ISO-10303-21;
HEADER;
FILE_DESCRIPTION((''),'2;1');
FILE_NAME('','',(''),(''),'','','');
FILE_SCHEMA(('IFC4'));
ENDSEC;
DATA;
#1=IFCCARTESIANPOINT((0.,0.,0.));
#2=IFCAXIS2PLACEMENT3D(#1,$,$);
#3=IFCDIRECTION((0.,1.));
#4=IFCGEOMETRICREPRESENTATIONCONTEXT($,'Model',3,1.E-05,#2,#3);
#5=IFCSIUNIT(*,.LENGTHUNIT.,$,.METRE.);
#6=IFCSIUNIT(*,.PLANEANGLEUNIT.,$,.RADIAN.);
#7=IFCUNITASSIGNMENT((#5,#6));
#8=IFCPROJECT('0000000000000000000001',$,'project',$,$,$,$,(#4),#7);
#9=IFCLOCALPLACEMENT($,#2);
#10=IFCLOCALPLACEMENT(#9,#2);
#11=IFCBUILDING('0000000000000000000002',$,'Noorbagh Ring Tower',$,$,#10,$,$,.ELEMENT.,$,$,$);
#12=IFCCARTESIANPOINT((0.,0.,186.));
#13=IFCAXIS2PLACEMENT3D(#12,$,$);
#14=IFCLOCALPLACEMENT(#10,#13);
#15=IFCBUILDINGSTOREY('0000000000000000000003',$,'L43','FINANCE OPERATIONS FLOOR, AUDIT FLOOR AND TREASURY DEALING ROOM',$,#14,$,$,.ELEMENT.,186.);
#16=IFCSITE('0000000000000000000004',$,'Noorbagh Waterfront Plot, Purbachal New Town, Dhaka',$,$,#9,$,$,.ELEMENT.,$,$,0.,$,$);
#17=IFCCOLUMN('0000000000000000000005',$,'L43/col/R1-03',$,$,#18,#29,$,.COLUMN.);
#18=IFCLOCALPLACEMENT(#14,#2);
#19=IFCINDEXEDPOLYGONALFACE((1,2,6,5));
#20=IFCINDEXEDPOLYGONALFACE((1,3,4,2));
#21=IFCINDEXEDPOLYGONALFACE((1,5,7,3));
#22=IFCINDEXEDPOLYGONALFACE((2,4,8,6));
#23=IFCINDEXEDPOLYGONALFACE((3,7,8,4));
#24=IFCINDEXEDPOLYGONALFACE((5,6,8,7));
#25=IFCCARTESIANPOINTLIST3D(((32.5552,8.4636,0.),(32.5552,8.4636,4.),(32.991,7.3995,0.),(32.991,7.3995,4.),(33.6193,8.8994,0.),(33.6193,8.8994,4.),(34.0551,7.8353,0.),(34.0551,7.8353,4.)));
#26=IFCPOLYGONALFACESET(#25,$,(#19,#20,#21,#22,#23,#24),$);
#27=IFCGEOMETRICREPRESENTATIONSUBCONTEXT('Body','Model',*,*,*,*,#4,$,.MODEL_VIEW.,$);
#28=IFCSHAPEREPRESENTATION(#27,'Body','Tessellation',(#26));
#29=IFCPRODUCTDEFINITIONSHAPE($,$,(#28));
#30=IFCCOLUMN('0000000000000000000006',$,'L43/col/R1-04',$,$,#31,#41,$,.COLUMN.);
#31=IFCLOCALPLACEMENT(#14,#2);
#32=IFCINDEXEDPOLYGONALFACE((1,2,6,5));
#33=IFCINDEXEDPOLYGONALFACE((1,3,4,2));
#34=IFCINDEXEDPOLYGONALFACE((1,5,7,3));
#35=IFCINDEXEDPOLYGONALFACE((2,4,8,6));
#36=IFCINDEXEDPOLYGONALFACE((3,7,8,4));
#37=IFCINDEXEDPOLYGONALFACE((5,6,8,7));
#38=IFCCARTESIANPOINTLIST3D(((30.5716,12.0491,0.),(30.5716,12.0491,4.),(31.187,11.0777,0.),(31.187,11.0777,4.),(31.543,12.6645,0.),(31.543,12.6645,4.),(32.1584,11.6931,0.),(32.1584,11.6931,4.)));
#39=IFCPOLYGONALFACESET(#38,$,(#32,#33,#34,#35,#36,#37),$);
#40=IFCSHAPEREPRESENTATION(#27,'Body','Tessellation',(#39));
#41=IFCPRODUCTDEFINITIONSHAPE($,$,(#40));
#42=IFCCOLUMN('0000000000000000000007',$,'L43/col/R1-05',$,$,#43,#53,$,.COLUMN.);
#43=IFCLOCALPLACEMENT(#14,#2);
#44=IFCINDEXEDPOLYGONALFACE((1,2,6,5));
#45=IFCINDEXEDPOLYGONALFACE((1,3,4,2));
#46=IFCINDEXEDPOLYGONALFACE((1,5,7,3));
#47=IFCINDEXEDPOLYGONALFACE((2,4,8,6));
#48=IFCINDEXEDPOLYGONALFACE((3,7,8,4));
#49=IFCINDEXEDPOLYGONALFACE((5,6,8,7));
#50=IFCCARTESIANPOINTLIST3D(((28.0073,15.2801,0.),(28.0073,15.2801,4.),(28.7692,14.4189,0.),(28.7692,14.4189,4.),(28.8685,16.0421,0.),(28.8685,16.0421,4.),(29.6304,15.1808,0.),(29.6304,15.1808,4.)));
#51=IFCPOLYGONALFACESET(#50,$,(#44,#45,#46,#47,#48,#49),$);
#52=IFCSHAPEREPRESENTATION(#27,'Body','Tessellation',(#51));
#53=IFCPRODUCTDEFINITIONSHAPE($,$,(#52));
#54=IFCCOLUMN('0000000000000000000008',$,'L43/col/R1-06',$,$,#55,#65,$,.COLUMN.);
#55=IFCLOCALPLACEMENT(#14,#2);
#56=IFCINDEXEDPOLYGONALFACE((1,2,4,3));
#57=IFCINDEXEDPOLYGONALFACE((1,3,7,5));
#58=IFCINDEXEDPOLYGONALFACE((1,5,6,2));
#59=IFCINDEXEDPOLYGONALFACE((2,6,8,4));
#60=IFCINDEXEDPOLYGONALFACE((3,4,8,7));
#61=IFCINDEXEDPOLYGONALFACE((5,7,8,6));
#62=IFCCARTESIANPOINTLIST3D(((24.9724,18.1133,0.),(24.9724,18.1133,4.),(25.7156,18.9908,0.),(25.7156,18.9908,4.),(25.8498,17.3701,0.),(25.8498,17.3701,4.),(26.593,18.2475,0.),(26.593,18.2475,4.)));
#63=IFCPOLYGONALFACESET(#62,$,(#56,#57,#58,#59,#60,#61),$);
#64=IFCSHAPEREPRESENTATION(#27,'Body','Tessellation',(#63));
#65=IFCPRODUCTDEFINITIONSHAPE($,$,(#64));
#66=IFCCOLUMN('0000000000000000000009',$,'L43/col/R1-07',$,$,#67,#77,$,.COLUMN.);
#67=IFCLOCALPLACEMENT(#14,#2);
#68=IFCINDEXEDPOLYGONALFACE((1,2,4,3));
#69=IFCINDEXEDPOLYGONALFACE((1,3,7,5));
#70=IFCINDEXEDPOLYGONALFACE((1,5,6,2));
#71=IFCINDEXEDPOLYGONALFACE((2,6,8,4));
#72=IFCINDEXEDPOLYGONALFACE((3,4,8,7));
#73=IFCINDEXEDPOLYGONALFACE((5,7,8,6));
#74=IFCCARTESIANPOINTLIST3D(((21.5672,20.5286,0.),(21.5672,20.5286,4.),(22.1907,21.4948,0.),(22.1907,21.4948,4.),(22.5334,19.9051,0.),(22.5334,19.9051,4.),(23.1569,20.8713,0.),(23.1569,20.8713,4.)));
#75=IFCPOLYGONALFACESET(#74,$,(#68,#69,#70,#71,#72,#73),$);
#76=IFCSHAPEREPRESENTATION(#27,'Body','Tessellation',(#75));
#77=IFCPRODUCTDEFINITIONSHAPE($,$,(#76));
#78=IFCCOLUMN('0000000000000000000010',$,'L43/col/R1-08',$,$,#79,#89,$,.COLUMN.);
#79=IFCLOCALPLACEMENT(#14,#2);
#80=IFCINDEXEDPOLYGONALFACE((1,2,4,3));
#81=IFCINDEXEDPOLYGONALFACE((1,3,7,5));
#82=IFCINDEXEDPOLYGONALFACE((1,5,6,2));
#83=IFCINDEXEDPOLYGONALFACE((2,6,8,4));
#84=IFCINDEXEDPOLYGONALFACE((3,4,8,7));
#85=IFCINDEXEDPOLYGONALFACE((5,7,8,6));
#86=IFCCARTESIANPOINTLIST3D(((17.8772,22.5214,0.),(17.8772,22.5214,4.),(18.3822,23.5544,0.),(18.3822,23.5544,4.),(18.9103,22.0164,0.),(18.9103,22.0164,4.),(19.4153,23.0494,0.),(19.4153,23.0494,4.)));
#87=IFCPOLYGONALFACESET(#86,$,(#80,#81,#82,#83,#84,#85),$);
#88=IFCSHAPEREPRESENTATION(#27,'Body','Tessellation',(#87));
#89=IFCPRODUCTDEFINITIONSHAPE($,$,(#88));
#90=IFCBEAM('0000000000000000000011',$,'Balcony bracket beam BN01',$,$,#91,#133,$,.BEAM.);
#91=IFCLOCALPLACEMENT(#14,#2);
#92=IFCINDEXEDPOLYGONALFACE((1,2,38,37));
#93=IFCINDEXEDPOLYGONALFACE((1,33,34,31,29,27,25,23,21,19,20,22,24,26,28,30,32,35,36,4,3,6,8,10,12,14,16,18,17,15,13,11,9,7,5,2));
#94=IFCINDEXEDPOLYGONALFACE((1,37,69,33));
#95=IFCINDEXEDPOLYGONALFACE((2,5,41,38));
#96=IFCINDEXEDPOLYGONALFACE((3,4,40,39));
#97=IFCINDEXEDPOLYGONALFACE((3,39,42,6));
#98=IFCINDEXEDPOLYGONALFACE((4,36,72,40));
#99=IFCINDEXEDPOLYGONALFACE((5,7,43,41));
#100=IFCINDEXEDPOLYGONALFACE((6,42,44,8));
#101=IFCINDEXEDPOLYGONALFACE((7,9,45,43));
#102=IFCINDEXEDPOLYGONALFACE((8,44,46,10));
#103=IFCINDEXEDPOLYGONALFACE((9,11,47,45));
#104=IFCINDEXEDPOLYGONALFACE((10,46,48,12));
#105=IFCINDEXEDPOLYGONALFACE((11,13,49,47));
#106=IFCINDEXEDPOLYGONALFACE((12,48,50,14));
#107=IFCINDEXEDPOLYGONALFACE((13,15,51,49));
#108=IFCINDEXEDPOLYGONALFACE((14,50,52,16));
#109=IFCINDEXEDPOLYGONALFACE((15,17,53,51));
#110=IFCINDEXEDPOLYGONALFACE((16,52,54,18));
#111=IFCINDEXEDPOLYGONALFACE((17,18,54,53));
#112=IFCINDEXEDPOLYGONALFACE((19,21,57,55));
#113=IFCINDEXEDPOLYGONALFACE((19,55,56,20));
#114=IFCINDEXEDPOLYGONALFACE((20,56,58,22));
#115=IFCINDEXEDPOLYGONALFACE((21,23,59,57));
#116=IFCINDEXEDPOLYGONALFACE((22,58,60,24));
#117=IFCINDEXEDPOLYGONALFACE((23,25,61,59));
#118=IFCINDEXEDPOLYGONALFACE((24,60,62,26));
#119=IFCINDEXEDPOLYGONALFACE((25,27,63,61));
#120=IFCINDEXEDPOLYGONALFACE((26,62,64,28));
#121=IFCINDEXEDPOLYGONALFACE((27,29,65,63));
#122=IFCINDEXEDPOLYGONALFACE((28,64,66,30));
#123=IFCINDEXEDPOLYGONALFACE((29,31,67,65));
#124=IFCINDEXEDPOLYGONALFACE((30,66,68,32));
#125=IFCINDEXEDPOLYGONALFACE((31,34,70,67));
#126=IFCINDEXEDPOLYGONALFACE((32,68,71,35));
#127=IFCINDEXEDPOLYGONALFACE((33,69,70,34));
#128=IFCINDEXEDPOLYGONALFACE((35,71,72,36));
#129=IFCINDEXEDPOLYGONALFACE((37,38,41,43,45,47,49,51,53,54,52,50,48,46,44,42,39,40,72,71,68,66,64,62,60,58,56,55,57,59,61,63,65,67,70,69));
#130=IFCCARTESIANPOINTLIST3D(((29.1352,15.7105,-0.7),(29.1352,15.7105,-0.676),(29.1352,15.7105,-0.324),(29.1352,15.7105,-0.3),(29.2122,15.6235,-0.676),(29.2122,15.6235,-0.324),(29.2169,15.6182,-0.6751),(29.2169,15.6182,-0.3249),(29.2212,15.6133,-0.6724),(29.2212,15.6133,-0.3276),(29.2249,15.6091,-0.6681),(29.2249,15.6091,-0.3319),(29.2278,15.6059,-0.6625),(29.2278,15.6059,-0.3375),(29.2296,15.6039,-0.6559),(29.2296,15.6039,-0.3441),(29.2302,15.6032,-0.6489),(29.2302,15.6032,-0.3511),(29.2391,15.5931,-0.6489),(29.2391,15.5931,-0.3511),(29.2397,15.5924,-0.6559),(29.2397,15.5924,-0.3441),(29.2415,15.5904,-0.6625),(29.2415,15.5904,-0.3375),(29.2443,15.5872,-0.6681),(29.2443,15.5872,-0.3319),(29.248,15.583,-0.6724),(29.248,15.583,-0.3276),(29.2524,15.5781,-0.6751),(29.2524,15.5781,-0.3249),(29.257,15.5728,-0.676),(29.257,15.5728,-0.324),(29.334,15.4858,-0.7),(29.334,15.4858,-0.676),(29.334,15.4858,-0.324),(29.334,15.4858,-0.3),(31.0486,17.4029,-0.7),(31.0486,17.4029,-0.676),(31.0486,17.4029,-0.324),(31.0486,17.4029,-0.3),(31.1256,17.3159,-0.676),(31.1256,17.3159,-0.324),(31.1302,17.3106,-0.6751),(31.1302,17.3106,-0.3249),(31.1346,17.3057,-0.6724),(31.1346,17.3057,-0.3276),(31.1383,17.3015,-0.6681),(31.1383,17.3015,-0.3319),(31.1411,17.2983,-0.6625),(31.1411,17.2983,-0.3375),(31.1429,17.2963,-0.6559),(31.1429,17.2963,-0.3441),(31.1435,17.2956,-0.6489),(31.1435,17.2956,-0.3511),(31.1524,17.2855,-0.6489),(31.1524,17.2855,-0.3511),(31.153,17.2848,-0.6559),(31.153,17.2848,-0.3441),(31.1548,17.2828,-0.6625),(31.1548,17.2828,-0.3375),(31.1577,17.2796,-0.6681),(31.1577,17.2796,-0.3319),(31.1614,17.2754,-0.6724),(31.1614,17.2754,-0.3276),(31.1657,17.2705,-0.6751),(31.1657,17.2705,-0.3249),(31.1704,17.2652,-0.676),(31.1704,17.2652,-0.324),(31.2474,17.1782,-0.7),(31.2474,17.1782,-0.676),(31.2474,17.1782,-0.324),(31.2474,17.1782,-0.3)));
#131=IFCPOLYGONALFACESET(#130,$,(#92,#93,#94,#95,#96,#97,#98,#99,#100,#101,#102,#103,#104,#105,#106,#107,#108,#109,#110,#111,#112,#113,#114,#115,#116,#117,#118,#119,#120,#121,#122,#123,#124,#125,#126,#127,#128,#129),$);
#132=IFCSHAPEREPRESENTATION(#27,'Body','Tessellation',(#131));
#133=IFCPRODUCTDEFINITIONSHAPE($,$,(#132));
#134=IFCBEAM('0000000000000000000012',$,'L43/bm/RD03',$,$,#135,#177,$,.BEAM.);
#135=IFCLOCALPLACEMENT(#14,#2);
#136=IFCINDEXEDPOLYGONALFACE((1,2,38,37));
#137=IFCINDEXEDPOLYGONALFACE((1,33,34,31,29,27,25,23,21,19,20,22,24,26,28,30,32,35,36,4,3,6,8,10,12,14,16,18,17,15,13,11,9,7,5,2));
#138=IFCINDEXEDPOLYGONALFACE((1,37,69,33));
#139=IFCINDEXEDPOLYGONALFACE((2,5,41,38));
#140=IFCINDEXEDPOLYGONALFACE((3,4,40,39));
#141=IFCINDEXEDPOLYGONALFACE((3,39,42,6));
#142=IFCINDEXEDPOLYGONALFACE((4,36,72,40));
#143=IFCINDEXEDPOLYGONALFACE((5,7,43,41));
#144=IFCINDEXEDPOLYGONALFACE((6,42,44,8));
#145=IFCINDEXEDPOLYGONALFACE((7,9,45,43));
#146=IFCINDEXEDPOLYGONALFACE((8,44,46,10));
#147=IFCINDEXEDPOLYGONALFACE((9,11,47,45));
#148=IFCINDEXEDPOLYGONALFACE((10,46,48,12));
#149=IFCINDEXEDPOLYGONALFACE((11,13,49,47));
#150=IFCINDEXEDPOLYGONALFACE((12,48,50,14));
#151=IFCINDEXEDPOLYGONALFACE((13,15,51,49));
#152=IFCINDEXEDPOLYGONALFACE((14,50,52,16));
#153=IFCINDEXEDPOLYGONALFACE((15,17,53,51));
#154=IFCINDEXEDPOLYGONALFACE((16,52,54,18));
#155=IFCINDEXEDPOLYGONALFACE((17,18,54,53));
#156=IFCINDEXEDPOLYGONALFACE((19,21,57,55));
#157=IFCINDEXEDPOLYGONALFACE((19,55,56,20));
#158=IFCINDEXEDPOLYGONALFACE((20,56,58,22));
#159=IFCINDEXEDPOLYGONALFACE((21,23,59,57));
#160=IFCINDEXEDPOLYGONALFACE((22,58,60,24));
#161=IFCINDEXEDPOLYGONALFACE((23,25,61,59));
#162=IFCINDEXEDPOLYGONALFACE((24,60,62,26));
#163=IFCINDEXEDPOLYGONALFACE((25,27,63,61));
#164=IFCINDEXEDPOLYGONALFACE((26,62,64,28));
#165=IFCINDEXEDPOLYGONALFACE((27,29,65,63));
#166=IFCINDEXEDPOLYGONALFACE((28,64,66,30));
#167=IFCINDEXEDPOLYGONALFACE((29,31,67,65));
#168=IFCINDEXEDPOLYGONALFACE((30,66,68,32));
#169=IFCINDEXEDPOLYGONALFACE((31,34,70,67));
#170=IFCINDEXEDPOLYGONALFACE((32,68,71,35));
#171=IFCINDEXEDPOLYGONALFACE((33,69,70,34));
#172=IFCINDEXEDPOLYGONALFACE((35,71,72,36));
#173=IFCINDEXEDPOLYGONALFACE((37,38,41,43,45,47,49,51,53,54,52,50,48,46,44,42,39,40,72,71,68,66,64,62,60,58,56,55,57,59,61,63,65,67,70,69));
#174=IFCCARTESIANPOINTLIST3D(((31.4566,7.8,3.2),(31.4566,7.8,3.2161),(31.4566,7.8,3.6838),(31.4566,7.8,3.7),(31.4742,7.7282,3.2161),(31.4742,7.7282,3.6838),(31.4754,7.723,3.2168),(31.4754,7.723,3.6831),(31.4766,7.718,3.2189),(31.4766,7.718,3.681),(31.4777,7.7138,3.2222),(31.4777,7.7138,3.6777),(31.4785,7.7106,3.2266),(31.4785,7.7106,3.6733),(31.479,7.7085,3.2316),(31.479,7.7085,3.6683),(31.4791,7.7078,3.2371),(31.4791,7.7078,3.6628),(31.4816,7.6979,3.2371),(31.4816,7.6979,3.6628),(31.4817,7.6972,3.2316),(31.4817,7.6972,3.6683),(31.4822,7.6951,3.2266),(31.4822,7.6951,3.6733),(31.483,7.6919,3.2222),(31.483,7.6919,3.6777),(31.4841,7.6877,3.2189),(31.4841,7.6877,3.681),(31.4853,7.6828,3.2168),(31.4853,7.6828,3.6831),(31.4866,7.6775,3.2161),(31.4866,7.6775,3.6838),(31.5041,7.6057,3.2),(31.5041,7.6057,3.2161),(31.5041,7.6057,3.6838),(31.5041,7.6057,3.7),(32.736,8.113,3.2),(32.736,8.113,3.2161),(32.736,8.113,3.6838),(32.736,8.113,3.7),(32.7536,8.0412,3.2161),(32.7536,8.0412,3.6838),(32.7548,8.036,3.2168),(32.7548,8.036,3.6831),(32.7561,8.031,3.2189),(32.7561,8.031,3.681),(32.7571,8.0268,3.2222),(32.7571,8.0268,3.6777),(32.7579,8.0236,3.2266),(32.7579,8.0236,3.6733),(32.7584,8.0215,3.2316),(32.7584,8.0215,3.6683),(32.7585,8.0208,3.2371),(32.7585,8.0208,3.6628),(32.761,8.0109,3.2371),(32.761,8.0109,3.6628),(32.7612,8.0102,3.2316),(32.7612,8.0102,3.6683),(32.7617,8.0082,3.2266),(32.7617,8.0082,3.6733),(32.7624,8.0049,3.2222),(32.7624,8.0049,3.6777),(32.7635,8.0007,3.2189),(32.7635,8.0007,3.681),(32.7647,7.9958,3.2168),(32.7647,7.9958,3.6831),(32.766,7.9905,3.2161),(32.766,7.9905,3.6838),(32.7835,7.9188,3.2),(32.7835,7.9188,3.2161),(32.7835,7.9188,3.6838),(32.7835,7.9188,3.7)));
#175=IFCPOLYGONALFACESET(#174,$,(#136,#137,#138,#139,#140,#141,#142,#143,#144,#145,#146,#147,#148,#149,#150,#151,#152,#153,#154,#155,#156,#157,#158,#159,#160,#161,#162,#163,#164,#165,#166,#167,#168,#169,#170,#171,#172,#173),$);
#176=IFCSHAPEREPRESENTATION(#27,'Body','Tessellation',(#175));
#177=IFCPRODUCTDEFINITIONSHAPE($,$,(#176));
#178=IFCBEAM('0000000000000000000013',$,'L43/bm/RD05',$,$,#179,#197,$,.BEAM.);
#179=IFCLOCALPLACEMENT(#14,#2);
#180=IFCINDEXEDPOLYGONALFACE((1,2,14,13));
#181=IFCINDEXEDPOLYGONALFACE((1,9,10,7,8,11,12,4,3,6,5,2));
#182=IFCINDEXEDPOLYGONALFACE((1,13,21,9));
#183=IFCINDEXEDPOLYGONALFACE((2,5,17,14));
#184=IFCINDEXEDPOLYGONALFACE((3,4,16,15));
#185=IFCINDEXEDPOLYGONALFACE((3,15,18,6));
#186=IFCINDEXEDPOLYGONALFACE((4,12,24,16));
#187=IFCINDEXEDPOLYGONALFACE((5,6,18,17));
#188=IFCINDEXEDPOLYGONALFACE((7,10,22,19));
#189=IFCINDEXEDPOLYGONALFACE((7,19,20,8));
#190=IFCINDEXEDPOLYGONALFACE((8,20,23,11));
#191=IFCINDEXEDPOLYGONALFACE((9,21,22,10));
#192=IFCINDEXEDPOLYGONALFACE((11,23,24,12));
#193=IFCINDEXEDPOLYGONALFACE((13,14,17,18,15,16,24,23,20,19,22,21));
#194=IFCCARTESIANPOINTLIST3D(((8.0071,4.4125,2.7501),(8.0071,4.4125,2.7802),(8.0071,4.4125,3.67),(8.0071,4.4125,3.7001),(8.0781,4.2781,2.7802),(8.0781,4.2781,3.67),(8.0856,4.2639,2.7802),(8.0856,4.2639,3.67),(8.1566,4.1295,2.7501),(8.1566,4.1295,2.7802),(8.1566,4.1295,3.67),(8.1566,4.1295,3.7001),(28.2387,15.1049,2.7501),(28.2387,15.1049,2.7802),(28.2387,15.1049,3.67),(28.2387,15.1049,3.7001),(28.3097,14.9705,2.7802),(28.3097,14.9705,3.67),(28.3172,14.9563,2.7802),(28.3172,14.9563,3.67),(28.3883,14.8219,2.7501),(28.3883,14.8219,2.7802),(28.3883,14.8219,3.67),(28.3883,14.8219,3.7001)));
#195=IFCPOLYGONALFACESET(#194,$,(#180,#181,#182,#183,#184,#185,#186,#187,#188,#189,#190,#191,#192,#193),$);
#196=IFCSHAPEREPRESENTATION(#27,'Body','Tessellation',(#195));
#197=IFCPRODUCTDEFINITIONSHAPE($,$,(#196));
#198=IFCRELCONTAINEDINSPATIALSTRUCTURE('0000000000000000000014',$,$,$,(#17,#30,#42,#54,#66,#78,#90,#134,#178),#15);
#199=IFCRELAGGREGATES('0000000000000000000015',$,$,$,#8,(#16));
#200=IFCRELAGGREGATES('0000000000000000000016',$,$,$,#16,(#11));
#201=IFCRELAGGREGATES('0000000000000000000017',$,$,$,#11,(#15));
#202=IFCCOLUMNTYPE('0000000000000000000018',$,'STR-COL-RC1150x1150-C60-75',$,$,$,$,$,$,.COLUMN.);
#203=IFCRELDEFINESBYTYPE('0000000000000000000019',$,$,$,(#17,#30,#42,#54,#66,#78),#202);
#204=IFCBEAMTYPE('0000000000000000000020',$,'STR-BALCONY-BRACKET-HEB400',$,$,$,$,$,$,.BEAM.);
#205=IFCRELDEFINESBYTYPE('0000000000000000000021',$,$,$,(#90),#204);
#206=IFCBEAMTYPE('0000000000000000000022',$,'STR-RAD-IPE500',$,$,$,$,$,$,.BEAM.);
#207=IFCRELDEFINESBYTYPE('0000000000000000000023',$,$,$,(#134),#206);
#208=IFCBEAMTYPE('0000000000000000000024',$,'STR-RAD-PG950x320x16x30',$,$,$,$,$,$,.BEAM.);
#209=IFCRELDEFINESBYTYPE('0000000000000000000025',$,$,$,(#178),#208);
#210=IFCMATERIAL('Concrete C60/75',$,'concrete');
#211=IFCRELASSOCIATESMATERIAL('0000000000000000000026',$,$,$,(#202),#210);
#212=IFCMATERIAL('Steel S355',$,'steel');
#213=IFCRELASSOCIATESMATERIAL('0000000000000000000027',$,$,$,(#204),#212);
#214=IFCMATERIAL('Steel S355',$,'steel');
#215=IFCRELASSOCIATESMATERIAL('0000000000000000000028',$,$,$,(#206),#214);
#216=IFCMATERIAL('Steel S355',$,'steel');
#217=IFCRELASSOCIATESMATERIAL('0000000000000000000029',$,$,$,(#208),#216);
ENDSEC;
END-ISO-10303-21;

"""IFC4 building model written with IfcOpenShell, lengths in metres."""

from ifc_helpers import new_model, si_unit, direction, frame, origin, origin_2d, place, context, subcontext, project, spatial, rectangle, i_section, extrude, material, material_profile, profile_set, type_object, element, save


model = new_model("IFC4")

# Units and contexts
model_context = context("Model", 3, precision=1e-05, world=origin(), true_north=direction((0.0, 1.0)))
body_context = subcontext(model_context, "Body", "Model", "MODEL_VIEW")
ifc_project = project(units=[si_unit("LENGTHUNIT", "METRE"), si_unit("PLANEANGLEUNIT", "RADIAN")], contexts=[model_context])

# Site, building, storey
site_placement = place(None, origin())
site = spatial("IfcSite", under=ifc_project, at=site_placement, Name="Noorbagh Waterfront Plot, Purbachal New Town, Dhaka", CompositionType="ELEMENT", RefElevation=0.0)
building_placement = place(site_placement, origin())
building = spatial("IfcBuilding", under=site, at=building_placement, Name="Noorbagh Ring Tower", CompositionType="ELEMENT")
storey_placement = place(building_placement, frame((0.0, 0.0, 186.0)))
storey = spatial("IfcBuildingStorey", under=building, at=storey_placement, Name="L43", Description="FINANCE OPERATIONS FLOOR, AUDIT FLOOR AND TREASURY DEALING ROOM", CompositionType="ELEMENT", Elevation=186.0)

# Columns
ifc_material_1 = material(Name="Concrete C60/75", Category="concrete")
ifc_material_profile_1 = material_profile(ifc_material_1, rectangle(XDim=1.1499, YDim=1.1499, at=origin_2d()), Name="RC1150x1150")
ifc_profile_set_1 = profile_set([ifc_material_profile_1], Name="Concrete C60/75")
column_type = type_object("IfcColumnType", Name="STR-COL-RC1150x1150-C60-75", PredefinedType="COLUMN", material=ifc_profile_set_1)
for number, where, z_axis, x_axis, name in (
    (1, (33.3052, 8.1494, 0.0), (0.0, 0.0, 1.0), (-0.378989, 0.925401, 0.0), "L43/col/R1-03"),
    (2, (31.365, 11.8711, 0.0), (0.0, 0.0, 1.0), (-0.53519, 0.844731, 0.0), "L43/col/R1-04"),
    (3, (28.8188, 15.2305, 0.0), (0.0, 0.0, 1.0), (-0.662636, 0.748942, 0.0), "L43/col/R1-05"),
    (4, (25.7827, 18.1804, 0.0), (0.0, 0.0, 1.0), (-0.763035, 0.646357, 0.0), "L43/col/R1-06"),
    (5, (22.3621, 20.7, 0.0), (0.0, 0.0, 1.0), (-0.840248, 0.542203, 0.0), "L43/col/R1-07"),
    (6, (18.6462, 22.7854, 0.0), (0.0, 0.0, 1.0), (-0.898399, 0.43918, 0.0), "L43/col/R1-08"),
):
    element("IfcColumn", number, at=place(storey_placement, frame(where, z_axis=z_axis, x_axis=x_axis)), inside=storey, type_object=column_type, Name=name, PredefinedType="COLUMN", context=body_context, shape_type="SweptSolid", body=[
        extrude(rectangle(XDim=1.1499, YDim=1.1499, at=origin_2d()), origin(), (0.0, 0.0, 1.0), 4.0),
    ])

# Beams
ifc_material_2 = material(Name="Steel S355", Category="steel")
ifc_material_profile_2 = material_profile(ifc_material_2, i_section(OverallWidth=0.3, OverallDepth=0.3999, WebThickness=0.0134, FlangeThickness=0.0239, FilletRadius=0.0271, at=origin_2d()), Name="HEB400")
ifc_profile_set_2 = profile_set([ifc_material_profile_2], Name="Steel S355")
beam_type_1 = type_object("IfcBeamType", Name="STR-BALCONY-BRACKET-HEB400", PredefinedType="BEAM", material=ifc_profile_set_2)
beam_1_placement = place(storey_placement, frame((29.2346, 15.5981, -0.5), z_axis=(0.749031, 0.662535, 0.0), x_axis=(-0.662535, 0.749031, 0.0)))
element("IfcBeam", 7, at=beam_1_placement, inside=storey, type_object=beam_type_1, Name="Balcony bracket beam BN01", PredefinedType="BEAM", context=body_context, shape_type="SweptSolid", body=[
    extrude(i_section(OverallWidth=0.3, OverallDepth=0.3999, WebThickness=0.0134, FlangeThickness=0.0239, FilletRadius=0.0271, at=origin_2d()), origin(), (0.0, 0.0, 1.0), 2.5544),
])
ifc_material_3 = material(Name="Steel S355", Category="steel")
ifc_material_profile_3 = material_profile(ifc_material_3, i_section(OverallWidth=0.2, OverallDepth=0.5, WebThickness=0.0103, FlangeThickness=0.0161, FilletRadius=0.021, at=origin_2d()), Name="IPE500")
ifc_profile_set_3 = profile_set([ifc_material_profile_3], Name="Steel S355")
beam_type_2 = type_object("IfcBeamType", Name="STR-RAD-IPE500", PredefinedType="BEAM", material=ifc_profile_set_3)
beam_2_placement = place(storey_placement, frame((32.7598, 8.0159, 3.45), z_axis=(-0.971351, -0.237647, 0.0), x_axis=(0.237647, -0.971351, 0.0)))
element("IfcBeam", 8, at=beam_2_placement, inside=storey, type_object=beam_type_2, Name="L43/bm/RD03", PredefinedType="BEAM", context=body_context, shape_type="SweptSolid", body=[
    extrude(i_section(OverallWidth=0.2, OverallDepth=0.5, WebThickness=0.0103, FlangeThickness=0.0161, FilletRadius=0.021, at=origin_2d()), origin(), (0.0, 0.0, 1.0), 1.3171),
])
ifc_material_4 = material(Name="Steel S355", Category="steel")
ifc_material_profile_4 = material_profile(ifc_material_4, i_section(OverallWidth=0.3201, OverallDepth=0.95, WebThickness=0.0161, FlangeThickness=0.03, at=origin_2d()), Name="PG950x320x16x30")
ifc_profile_set_4 = profile_set([ifc_material_profile_4], Name="Steel S355")
beam_type_3 = type_object("IfcBeamType", Name="STR-RAD-PG950x320x16x30", PredefinedType="BEAM", material=ifc_profile_set_4)
beam_3_placement = place(storey_placement, frame((28.3135, 14.9634, 3.2251), z_axis=(-0.884122, -0.467256, 0.0), x_axis=(0.467256, -0.884122, 0.0)))
element("IfcBeam", 9, at=beam_3_placement, inside=storey, type_object=beam_type_3, Name="L43/bm/RD05", PredefinedType="BEAM", context=body_context, shape_type="SweptSolid", body=[
    extrude(i_section(OverallWidth=0.3201, OverallDepth=0.95, WebThickness=0.0161, FlangeThickness=0.03, at=origin_2d()), origin(), (0.0, 0.0, 1.0), 22.8833),
])

save(model, "model.ifc")
